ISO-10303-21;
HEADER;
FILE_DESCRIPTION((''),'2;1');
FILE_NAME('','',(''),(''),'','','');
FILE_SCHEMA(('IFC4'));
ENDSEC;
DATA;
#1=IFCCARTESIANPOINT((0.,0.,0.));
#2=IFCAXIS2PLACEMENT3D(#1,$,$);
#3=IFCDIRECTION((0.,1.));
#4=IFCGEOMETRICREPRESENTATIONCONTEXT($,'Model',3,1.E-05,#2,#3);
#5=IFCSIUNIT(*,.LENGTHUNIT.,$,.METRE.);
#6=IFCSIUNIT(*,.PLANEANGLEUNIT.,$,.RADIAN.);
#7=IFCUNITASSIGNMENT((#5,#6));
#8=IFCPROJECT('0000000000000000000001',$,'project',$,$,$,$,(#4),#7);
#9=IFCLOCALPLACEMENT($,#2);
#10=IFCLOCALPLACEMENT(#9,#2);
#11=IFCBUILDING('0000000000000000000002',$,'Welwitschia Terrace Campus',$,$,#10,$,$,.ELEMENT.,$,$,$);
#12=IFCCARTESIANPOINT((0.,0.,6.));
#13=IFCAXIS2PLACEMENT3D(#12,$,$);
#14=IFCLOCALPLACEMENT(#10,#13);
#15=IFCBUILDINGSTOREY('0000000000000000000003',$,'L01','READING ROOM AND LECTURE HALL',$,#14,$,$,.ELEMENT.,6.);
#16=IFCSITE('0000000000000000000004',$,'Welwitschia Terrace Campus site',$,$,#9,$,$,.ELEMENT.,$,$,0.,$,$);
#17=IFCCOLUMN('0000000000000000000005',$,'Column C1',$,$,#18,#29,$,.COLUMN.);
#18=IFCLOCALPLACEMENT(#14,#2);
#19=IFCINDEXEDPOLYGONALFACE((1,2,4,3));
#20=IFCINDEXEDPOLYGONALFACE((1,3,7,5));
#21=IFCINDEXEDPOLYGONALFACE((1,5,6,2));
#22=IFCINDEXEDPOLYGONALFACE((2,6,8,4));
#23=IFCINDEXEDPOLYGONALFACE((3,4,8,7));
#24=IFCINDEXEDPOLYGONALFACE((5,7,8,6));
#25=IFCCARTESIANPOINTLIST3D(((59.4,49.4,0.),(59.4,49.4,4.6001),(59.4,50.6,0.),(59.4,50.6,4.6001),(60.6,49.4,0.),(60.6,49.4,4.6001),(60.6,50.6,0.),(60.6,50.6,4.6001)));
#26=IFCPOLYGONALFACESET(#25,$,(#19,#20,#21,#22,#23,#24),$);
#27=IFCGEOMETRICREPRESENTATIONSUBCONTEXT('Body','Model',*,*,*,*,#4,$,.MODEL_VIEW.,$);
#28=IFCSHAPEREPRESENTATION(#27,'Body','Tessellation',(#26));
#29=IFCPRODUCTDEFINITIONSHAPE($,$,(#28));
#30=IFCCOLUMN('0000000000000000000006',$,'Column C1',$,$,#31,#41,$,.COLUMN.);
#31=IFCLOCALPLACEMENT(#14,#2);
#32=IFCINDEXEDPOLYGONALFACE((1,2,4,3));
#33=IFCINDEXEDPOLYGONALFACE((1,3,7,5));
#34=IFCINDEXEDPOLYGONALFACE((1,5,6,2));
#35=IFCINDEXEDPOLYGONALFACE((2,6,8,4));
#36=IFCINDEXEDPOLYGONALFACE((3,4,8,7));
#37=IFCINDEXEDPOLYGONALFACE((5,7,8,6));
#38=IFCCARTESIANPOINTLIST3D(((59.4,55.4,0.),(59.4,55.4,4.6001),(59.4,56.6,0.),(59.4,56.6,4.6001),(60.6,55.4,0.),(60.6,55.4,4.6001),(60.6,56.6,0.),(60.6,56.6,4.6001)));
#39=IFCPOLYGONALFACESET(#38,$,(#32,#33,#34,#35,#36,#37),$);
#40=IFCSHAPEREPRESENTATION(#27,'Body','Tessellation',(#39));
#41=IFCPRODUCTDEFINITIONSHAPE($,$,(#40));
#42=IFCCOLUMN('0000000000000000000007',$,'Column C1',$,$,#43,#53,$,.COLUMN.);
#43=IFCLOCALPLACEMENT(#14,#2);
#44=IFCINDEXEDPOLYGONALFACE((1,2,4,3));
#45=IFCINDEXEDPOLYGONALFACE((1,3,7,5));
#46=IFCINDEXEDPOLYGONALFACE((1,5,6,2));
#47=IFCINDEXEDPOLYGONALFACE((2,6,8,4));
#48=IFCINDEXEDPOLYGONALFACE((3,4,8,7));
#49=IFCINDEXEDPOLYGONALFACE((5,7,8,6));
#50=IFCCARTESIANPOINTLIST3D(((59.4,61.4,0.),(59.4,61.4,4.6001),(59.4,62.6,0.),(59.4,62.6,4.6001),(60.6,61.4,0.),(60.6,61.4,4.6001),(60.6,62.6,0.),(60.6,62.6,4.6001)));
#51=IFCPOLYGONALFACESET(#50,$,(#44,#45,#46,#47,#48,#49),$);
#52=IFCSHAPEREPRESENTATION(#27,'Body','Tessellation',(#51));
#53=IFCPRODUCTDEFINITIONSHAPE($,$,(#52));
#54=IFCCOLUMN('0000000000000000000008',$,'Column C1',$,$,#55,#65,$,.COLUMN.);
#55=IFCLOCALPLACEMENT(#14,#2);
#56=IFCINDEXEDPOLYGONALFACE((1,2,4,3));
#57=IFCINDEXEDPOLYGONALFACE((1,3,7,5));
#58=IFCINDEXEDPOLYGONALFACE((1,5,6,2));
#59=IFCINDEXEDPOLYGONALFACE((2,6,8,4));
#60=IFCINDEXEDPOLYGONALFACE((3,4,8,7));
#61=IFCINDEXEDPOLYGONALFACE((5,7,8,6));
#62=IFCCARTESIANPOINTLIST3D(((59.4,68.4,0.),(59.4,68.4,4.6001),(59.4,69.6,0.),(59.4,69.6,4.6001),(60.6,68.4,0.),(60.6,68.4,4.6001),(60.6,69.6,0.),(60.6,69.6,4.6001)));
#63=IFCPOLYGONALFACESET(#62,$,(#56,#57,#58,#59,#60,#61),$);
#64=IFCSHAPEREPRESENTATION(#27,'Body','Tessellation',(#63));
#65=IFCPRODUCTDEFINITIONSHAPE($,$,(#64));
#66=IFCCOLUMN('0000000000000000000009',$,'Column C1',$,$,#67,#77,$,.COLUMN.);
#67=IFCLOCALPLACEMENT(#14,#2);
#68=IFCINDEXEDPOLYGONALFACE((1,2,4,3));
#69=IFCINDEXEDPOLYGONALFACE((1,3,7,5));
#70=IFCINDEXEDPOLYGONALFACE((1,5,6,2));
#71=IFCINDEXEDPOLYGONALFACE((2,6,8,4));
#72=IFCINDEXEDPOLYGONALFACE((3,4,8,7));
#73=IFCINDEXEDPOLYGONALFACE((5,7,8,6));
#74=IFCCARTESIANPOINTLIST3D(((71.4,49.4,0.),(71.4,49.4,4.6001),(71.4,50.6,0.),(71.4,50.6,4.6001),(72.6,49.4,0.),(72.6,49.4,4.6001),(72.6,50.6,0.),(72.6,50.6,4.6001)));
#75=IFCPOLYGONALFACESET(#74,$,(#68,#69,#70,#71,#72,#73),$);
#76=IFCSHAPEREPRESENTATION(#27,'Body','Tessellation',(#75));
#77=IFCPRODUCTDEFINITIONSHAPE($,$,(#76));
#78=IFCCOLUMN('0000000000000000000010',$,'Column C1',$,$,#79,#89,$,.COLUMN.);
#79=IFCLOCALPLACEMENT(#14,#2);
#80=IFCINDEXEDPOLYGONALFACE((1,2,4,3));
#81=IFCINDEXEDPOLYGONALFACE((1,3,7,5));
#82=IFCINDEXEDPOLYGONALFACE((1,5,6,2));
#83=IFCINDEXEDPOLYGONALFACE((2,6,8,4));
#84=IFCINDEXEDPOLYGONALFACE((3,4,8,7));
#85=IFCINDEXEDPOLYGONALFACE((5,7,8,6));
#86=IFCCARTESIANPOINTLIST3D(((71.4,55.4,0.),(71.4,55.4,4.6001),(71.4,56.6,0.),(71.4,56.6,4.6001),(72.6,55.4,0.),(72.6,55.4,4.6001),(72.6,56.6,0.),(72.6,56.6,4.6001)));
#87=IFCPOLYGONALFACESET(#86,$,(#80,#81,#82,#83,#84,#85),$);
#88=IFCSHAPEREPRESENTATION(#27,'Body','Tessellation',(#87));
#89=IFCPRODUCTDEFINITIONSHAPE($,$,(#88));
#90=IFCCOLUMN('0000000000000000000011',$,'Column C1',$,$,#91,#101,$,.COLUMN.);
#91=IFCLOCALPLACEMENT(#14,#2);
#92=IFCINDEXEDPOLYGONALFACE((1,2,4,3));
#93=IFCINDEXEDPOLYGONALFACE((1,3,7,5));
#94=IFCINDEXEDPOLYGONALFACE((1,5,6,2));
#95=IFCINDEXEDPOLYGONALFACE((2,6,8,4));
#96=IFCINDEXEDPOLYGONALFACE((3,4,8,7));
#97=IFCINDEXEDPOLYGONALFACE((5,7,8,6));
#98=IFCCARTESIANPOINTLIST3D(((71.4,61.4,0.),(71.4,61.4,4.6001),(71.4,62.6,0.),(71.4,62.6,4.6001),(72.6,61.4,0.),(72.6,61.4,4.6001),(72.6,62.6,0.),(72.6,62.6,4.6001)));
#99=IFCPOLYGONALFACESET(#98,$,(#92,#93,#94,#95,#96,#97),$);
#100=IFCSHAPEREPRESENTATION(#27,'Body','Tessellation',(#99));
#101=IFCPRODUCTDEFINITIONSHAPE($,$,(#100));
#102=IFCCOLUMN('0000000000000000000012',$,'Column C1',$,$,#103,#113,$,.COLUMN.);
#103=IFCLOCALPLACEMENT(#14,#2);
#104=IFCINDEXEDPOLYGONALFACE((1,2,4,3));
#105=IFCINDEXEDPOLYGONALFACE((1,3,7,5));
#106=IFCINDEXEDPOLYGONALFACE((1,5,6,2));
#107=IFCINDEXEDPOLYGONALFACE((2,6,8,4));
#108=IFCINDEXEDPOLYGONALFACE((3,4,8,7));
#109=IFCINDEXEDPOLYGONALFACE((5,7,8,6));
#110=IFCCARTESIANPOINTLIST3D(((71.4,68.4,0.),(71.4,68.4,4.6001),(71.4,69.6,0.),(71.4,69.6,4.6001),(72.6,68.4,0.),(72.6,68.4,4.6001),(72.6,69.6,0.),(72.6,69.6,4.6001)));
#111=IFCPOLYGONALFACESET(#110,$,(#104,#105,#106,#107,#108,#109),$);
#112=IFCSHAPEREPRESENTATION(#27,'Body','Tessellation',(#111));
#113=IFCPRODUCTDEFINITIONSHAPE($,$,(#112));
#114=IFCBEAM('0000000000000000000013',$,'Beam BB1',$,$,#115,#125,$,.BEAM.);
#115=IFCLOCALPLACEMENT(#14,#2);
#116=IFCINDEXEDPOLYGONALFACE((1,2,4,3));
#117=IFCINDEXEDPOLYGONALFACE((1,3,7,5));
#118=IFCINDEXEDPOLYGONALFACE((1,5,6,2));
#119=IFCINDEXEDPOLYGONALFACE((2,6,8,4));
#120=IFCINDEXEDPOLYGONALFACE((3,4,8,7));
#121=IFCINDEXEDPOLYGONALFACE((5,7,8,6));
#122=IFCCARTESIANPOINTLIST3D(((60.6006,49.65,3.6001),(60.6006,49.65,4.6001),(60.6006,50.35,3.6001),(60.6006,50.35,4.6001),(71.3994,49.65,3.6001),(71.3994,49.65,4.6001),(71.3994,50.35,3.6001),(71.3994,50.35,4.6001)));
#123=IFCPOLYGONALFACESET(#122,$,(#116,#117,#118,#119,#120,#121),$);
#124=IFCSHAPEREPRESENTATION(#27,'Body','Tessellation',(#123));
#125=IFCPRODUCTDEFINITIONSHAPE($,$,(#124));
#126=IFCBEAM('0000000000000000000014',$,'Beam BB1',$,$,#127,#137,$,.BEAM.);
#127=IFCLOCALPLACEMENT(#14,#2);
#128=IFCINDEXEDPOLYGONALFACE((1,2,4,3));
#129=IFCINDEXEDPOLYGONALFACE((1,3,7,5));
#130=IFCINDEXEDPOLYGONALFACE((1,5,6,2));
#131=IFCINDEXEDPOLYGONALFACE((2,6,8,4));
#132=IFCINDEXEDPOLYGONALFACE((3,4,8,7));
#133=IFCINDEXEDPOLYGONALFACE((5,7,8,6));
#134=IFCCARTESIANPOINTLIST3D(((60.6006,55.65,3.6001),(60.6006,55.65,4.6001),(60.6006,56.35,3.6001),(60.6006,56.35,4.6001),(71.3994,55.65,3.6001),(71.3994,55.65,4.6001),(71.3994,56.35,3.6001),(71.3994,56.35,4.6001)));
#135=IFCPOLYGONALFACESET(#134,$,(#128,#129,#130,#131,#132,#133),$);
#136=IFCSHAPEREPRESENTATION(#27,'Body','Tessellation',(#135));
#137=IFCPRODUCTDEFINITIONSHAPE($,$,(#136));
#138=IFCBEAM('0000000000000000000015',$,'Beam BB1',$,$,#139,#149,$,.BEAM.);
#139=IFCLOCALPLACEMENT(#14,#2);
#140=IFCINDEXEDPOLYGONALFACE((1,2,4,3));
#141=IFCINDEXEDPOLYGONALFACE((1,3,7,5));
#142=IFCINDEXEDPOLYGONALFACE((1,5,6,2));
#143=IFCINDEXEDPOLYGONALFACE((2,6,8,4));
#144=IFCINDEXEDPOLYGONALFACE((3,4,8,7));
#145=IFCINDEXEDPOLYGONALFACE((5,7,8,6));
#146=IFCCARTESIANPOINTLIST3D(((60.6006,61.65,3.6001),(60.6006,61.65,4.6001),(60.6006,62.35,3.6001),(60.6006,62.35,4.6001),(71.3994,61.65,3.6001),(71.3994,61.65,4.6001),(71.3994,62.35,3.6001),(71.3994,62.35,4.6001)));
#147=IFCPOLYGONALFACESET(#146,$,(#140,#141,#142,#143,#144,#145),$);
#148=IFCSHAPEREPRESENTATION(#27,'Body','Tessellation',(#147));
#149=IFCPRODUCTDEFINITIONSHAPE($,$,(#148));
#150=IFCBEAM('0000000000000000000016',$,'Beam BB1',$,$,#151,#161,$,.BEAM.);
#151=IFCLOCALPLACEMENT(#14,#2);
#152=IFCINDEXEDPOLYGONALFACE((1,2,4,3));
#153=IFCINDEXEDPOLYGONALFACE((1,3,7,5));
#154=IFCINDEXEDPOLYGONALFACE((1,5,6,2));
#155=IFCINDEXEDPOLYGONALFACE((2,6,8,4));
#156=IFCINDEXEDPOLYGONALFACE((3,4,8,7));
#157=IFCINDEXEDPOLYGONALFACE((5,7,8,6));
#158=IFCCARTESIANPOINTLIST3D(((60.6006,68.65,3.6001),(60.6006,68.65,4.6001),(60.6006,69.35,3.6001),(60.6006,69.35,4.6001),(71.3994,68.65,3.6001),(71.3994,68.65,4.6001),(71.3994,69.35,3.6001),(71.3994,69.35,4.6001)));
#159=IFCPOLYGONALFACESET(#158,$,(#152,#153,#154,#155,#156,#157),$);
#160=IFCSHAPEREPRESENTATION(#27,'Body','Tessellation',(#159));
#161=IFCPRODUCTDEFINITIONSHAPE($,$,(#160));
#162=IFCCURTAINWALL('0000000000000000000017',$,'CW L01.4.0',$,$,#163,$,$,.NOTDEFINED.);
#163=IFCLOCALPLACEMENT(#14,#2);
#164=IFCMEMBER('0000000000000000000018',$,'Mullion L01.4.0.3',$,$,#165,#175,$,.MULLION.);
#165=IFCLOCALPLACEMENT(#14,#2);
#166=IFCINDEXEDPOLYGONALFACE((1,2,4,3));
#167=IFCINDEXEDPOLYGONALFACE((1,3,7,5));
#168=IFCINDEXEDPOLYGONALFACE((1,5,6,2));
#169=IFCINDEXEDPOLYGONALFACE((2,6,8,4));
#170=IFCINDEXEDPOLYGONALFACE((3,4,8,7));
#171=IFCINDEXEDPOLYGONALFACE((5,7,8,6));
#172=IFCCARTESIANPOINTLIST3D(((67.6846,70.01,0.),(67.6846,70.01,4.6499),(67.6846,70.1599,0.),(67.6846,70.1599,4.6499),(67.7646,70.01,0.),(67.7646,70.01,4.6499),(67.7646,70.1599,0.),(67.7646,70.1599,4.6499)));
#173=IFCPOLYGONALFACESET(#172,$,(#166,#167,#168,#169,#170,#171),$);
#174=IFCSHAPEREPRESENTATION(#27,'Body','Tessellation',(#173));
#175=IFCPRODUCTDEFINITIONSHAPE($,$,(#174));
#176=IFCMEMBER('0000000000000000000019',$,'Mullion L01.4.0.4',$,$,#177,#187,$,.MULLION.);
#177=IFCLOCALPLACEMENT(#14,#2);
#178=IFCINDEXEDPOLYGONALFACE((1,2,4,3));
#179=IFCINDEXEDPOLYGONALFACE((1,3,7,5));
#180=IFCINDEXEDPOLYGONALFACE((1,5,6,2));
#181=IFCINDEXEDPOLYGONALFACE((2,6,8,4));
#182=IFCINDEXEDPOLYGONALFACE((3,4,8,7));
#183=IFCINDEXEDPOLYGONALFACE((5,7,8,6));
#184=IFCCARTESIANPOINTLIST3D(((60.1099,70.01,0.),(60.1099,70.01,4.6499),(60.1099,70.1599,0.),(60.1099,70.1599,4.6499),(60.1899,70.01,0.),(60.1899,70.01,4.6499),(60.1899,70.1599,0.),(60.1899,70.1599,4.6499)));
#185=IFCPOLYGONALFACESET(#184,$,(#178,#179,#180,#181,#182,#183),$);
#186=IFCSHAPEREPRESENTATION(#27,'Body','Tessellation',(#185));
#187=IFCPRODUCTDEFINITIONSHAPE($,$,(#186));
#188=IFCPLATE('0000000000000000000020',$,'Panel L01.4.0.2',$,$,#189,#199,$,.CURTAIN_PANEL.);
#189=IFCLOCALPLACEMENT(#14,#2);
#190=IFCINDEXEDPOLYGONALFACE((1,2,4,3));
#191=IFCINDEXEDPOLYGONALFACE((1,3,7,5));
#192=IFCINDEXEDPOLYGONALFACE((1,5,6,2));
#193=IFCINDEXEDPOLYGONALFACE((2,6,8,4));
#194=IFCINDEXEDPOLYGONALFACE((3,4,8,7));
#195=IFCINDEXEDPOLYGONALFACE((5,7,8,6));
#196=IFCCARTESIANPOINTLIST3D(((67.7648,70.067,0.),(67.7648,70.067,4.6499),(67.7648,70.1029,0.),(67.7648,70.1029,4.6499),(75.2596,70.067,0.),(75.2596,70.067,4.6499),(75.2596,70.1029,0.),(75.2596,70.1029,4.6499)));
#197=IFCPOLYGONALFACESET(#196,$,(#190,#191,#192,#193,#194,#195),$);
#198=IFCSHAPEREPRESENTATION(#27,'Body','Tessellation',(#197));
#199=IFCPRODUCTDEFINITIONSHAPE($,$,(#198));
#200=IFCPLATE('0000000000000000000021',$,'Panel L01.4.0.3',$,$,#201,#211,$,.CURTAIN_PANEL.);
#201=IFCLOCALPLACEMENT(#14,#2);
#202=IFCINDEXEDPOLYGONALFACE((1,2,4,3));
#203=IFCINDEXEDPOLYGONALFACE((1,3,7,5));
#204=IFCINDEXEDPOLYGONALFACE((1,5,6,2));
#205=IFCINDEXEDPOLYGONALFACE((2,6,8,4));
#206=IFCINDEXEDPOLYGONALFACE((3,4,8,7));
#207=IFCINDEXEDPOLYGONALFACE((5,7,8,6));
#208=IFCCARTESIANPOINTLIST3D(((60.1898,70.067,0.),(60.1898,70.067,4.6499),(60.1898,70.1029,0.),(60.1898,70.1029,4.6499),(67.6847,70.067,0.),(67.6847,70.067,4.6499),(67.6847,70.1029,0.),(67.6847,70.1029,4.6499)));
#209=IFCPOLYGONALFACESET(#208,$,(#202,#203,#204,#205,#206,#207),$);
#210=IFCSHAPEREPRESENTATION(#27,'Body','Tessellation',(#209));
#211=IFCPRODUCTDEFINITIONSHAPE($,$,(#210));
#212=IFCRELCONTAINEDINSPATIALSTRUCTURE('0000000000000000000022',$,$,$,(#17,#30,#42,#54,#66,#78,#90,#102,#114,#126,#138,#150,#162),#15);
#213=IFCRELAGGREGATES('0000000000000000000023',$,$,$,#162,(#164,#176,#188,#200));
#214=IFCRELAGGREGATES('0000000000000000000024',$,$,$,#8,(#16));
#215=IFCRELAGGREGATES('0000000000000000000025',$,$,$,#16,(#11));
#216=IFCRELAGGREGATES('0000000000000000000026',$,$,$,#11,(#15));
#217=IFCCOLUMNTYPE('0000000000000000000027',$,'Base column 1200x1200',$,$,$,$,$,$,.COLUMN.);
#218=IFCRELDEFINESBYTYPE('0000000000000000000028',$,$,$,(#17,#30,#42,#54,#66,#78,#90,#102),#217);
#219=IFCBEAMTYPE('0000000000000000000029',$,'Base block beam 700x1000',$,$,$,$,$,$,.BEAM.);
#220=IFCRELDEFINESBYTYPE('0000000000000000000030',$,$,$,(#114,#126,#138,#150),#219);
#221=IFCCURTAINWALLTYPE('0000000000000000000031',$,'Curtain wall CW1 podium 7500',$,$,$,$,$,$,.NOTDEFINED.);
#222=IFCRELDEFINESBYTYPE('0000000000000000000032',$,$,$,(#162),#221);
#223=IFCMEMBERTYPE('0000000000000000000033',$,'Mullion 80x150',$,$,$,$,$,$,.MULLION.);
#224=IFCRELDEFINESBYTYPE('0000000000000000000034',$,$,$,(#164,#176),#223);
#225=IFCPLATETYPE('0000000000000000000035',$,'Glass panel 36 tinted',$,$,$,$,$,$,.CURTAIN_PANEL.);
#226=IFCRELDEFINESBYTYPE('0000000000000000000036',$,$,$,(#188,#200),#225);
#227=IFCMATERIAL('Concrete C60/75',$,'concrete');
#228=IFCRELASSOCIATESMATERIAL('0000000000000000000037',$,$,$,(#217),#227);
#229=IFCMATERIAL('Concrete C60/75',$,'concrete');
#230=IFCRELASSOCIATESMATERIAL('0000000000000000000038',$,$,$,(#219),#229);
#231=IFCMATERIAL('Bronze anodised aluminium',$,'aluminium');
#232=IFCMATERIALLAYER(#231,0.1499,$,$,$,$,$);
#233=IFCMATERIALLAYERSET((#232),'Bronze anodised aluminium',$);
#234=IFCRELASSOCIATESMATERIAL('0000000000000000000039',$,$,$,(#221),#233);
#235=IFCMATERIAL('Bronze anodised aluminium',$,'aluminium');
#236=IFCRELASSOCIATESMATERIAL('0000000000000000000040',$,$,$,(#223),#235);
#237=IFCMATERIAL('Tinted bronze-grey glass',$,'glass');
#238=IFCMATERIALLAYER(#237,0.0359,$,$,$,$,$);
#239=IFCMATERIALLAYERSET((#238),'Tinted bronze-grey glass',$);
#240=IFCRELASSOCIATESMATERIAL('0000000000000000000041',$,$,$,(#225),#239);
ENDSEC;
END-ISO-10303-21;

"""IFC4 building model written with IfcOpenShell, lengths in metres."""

from ifc_helpers import new_model, si_unit, direction, frame, origin, origin_2d, place, context, subcontext, project, spatial, rectangle, extrude, material, layer, layer_set, material_profile, profile_set, type_object, element, aggregate, save


model = new_model("IFC4")

# Units and contexts
model_context = context("Model", 3, precision=1e-05, world=origin(), true_north=direction((0.0, 1.0)))
body_context = subcontext(model_context, "Body", "Model", "MODEL_VIEW")
ifc_project = project(units=[si_unit("LENGTHUNIT", "METRE"), si_unit("PLANEANGLEUNIT", "RADIAN")], contexts=[model_context])

# Site, building, storey
site_placement = place(None, origin())
site = spatial("IfcSite", under=ifc_project, at=site_placement, Name="Welwitschia Terrace Campus site", CompositionType="ELEMENT", RefElevation=0.0)
building_placement = place(site_placement, origin())
building = spatial("IfcBuilding", under=site, at=building_placement, Name="Welwitschia Terrace Campus", CompositionType="ELEMENT")
storey_placement = place(building_placement, frame((0.0, 0.0, 6.0)))
storey = spatial("IfcBuildingStorey", under=building, at=storey_placement, Name="L01", Description="READING ROOM AND LECTURE HALL", CompositionType="ELEMENT", Elevation=6.0)

# Columns
ifc_material_1 = material(Name="Concrete C60/75", Category="concrete")
ifc_material_profile_1 = material_profile(ifc_material_1, rectangle(XDim=1.2, YDim=1.2, at=origin_2d()))
ifc_profile_set_1 = profile_set([ifc_material_profile_1], Name="Concrete C60/75")
column_type = type_object("IfcColumnType", Name="Base column 1200x1200", PredefinedType="COLUMN", material=ifc_profile_set_1)
for number, where, z_axis, x_axis, name in (
    (1, (60.0, 50.0, 0.0), (0.0, 0.0, 1.0), (1.0, 0.0, 0.0), "Column C1"),
    (2, (60.0, 56.0, 0.0), (0.0, 0.0, 1.0), (1.0, 0.0, 0.0), "Column C1"),
    (3, (60.0, 62.0, 0.0), (0.0, 0.0, 1.0), (1.0, 0.0, 0.0), "Column C1"),
    (4, (60.0, 69.0, 0.0), (0.0, 0.0, 1.0), (1.0, 0.0, 0.0), "Column C1"),
    (5, (72.0, 50.0, 0.0), (0.0, 0.0, 1.0), (1.0, 0.0, 0.0), "Column C1"),
    (6, (72.0, 56.0, 0.0), (0.0, 0.0, 1.0), (1.0, 0.0, 0.0), "Column C1"),
    (7, (72.0, 62.0, 0.0), (0.0, 0.0, 1.0), (1.0, 0.0, 0.0), "Column C1"),
    (8, (72.0, 69.0, 0.0), (0.0, 0.0, 1.0), (1.0, 0.0, 0.0), "Column C1"),
):
    element("IfcColumn", number, at=place(storey_placement, frame(where, z_axis=z_axis, x_axis=x_axis)), inside=storey, type_object=column_type, Name=name, PredefinedType="COLUMN", context=body_context, shape_type="SweptSolid", body=[
        extrude(rectangle(XDim=1.2, YDim=1.2, at=origin_2d()), origin(), (0.0, 0.0, 1.0), 4.6001),
    ])

# Beams
ifc_material_2 = material(Name="Concrete C60/75", Category="concrete")
ifc_material_profile_2 = material_profile(ifc_material_2, rectangle(XDim=0.7, YDim=1.0, at=origin_2d()))
ifc_profile_set_2 = profile_set([ifc_material_profile_2], Name="Concrete C60/75")
beam_type = type_object("IfcBeamType", Name="Base block beam 700x1000", PredefinedType="BEAM", material=ifc_profile_set_2)
for number, where, z_axis, x_axis, name in (
    (9, (60.6006, 50.0, 4.1001), (1.0, 0.0, 0.0), (0.0, 1.0, 0.0), "Beam BB1"),
    (10, (60.6006, 56.0, 4.1001), (1.0, 0.0, 0.0), (0.0, 1.0, 0.0), "Beam BB1"),
    (11, (60.6006, 62.0, 4.1001), (1.0, 0.0, 0.0), (0.0, 1.0, 0.0), "Beam BB1"),
    (12, (60.6006, 69.0, 4.1001), (1.0, 0.0, 0.0), (0.0, 1.0, 0.0), "Beam BB1"),
):
    element("IfcBeam", number, at=place(storey_placement, frame(where, z_axis=z_axis, x_axis=x_axis)), inside=storey, type_object=beam_type, Name=name, PredefinedType="BEAM", context=body_context, shape_type="SweptSolid", body=[
        extrude(rectangle(XDim=0.7, YDim=1.0, at=origin_2d()), origin(), (0.0, 0.0, 1.0), 10.7988),
    ])

# Curtain wall, members, plates
ifc_material_3 = material(Name="Bronze anodised aluminium", Category="aluminium")
ifc_layer_1 = layer(ifc_material_3, 0.1499)
ifc_layer_set_1 = layer_set([ifc_layer_1], Name="Bronze anodised aluminium")
curtain_wall_type = type_object("IfcCurtainWallType", Name="Curtain wall CW1 podium 7500", PredefinedType="NOTDEFINED", material=ifc_layer_set_1)
curtain_wall_placement = place(storey_placement, origin())
curtain_wall = element("IfcCurtainWall", 13, at=curtain_wall_placement, inside=storey, type_object=curtain_wall_type, Name="CW L01.4.0", PredefinedType="NOTDEFINED")
ifc_material_4 = material(Name="Bronze anodised aluminium", Category="aluminium")
ifc_material_profile_3 = material_profile(ifc_material_4, rectangle(XDim=0.1499, YDim=0.0801, at=origin_2d()))
ifc_profile_set_3 = profile_set([ifc_material_profile_3], Name="Bronze anodised aluminium")
member_type = type_object("IfcMemberType", Name="Mullion 80x150", PredefinedType="MULLION", material=ifc_profile_set_3)
member_1_placement = place(storey_placement, frame((67.7246, 70.085, 0.0), z_axis=(0.0, 0.0, 1.0), x_axis=(0.0, -1.0, 0.0)))
member_1 = element("IfcMember", 14, at=member_1_placement, type_object=member_type, Name="Mullion L01.4.0.3", PredefinedType="MULLION", context=body_context, shape_type="SweptSolid", body=[
    extrude(rectangle(XDim=0.1499, YDim=0.0801, at=origin_2d()), origin(), (0.0, 0.0, 1.0), 4.6499),
])
member_2_placement = place(storey_placement, frame((60.1499, 70.085, 0.0), z_axis=(0.0, 0.0, 1.0), x_axis=(0.0, -1.0, 0.0)))
member_2 = element("IfcMember", 15, at=member_2_placement, type_object=member_type, Name="Mullion L01.4.0.4", PredefinedType="MULLION", context=body_context, shape_type="SweptSolid", body=[
    extrude(rectangle(XDim=0.1499, YDim=0.0801, at=origin_2d()), origin(), (0.0, 0.0, 1.0), 4.6499),
])
ifc_material_5 = material(Name="Tinted bronze-grey glass", Category="glass")
ifc_layer_2 = layer(ifc_material_5, 0.0359)
ifc_layer_set_2 = layer_set([ifc_layer_2], Name="Tinted bronze-grey glass")
plate_type = type_object("IfcPlateType", Name="Glass panel 36 tinted", PredefinedType="CURTAIN_PANEL", material=ifc_layer_set_2)
plate_1_placement = place(storey_placement, frame((71.5122, 70.085, 0.0), z_axis=(0.0, 0.0, 1.0), x_axis=(-1.0, 0.0, 0.0)))
plate_1 = element("IfcPlate", 16, at=plate_1_placement, type_object=plate_type, Name="Panel L01.4.0.2", PredefinedType="CURTAIN_PANEL", context=body_context, shape_type="SweptSolid", body=[
    extrude(rectangle(XDim=7.4949, YDim=0.0359, at=origin_2d()), origin(), (0.0, 0.0, 1.0), 4.6499),
])
plate_2_placement = place(storey_placement, frame((63.9373, 70.085, 0.0), z_axis=(0.0, 0.0, 1.0), x_axis=(-1.0, 0.0, 0.0)))
plate_2 = element("IfcPlate", 17, at=plate_2_placement, type_object=plate_type, Name="Panel L01.4.0.3", PredefinedType="CURTAIN_PANEL", context=body_context, shape_type="SweptSolid", body=[
    extrude(rectangle(XDim=7.4949, YDim=0.0359, at=origin_2d()), origin(), (0.0, 0.0, 1.0), 4.6499),
])
aggregate(curtain_wall, [member_1, member_2, plate_1, plate_2])

save(model, "model.ifc")
